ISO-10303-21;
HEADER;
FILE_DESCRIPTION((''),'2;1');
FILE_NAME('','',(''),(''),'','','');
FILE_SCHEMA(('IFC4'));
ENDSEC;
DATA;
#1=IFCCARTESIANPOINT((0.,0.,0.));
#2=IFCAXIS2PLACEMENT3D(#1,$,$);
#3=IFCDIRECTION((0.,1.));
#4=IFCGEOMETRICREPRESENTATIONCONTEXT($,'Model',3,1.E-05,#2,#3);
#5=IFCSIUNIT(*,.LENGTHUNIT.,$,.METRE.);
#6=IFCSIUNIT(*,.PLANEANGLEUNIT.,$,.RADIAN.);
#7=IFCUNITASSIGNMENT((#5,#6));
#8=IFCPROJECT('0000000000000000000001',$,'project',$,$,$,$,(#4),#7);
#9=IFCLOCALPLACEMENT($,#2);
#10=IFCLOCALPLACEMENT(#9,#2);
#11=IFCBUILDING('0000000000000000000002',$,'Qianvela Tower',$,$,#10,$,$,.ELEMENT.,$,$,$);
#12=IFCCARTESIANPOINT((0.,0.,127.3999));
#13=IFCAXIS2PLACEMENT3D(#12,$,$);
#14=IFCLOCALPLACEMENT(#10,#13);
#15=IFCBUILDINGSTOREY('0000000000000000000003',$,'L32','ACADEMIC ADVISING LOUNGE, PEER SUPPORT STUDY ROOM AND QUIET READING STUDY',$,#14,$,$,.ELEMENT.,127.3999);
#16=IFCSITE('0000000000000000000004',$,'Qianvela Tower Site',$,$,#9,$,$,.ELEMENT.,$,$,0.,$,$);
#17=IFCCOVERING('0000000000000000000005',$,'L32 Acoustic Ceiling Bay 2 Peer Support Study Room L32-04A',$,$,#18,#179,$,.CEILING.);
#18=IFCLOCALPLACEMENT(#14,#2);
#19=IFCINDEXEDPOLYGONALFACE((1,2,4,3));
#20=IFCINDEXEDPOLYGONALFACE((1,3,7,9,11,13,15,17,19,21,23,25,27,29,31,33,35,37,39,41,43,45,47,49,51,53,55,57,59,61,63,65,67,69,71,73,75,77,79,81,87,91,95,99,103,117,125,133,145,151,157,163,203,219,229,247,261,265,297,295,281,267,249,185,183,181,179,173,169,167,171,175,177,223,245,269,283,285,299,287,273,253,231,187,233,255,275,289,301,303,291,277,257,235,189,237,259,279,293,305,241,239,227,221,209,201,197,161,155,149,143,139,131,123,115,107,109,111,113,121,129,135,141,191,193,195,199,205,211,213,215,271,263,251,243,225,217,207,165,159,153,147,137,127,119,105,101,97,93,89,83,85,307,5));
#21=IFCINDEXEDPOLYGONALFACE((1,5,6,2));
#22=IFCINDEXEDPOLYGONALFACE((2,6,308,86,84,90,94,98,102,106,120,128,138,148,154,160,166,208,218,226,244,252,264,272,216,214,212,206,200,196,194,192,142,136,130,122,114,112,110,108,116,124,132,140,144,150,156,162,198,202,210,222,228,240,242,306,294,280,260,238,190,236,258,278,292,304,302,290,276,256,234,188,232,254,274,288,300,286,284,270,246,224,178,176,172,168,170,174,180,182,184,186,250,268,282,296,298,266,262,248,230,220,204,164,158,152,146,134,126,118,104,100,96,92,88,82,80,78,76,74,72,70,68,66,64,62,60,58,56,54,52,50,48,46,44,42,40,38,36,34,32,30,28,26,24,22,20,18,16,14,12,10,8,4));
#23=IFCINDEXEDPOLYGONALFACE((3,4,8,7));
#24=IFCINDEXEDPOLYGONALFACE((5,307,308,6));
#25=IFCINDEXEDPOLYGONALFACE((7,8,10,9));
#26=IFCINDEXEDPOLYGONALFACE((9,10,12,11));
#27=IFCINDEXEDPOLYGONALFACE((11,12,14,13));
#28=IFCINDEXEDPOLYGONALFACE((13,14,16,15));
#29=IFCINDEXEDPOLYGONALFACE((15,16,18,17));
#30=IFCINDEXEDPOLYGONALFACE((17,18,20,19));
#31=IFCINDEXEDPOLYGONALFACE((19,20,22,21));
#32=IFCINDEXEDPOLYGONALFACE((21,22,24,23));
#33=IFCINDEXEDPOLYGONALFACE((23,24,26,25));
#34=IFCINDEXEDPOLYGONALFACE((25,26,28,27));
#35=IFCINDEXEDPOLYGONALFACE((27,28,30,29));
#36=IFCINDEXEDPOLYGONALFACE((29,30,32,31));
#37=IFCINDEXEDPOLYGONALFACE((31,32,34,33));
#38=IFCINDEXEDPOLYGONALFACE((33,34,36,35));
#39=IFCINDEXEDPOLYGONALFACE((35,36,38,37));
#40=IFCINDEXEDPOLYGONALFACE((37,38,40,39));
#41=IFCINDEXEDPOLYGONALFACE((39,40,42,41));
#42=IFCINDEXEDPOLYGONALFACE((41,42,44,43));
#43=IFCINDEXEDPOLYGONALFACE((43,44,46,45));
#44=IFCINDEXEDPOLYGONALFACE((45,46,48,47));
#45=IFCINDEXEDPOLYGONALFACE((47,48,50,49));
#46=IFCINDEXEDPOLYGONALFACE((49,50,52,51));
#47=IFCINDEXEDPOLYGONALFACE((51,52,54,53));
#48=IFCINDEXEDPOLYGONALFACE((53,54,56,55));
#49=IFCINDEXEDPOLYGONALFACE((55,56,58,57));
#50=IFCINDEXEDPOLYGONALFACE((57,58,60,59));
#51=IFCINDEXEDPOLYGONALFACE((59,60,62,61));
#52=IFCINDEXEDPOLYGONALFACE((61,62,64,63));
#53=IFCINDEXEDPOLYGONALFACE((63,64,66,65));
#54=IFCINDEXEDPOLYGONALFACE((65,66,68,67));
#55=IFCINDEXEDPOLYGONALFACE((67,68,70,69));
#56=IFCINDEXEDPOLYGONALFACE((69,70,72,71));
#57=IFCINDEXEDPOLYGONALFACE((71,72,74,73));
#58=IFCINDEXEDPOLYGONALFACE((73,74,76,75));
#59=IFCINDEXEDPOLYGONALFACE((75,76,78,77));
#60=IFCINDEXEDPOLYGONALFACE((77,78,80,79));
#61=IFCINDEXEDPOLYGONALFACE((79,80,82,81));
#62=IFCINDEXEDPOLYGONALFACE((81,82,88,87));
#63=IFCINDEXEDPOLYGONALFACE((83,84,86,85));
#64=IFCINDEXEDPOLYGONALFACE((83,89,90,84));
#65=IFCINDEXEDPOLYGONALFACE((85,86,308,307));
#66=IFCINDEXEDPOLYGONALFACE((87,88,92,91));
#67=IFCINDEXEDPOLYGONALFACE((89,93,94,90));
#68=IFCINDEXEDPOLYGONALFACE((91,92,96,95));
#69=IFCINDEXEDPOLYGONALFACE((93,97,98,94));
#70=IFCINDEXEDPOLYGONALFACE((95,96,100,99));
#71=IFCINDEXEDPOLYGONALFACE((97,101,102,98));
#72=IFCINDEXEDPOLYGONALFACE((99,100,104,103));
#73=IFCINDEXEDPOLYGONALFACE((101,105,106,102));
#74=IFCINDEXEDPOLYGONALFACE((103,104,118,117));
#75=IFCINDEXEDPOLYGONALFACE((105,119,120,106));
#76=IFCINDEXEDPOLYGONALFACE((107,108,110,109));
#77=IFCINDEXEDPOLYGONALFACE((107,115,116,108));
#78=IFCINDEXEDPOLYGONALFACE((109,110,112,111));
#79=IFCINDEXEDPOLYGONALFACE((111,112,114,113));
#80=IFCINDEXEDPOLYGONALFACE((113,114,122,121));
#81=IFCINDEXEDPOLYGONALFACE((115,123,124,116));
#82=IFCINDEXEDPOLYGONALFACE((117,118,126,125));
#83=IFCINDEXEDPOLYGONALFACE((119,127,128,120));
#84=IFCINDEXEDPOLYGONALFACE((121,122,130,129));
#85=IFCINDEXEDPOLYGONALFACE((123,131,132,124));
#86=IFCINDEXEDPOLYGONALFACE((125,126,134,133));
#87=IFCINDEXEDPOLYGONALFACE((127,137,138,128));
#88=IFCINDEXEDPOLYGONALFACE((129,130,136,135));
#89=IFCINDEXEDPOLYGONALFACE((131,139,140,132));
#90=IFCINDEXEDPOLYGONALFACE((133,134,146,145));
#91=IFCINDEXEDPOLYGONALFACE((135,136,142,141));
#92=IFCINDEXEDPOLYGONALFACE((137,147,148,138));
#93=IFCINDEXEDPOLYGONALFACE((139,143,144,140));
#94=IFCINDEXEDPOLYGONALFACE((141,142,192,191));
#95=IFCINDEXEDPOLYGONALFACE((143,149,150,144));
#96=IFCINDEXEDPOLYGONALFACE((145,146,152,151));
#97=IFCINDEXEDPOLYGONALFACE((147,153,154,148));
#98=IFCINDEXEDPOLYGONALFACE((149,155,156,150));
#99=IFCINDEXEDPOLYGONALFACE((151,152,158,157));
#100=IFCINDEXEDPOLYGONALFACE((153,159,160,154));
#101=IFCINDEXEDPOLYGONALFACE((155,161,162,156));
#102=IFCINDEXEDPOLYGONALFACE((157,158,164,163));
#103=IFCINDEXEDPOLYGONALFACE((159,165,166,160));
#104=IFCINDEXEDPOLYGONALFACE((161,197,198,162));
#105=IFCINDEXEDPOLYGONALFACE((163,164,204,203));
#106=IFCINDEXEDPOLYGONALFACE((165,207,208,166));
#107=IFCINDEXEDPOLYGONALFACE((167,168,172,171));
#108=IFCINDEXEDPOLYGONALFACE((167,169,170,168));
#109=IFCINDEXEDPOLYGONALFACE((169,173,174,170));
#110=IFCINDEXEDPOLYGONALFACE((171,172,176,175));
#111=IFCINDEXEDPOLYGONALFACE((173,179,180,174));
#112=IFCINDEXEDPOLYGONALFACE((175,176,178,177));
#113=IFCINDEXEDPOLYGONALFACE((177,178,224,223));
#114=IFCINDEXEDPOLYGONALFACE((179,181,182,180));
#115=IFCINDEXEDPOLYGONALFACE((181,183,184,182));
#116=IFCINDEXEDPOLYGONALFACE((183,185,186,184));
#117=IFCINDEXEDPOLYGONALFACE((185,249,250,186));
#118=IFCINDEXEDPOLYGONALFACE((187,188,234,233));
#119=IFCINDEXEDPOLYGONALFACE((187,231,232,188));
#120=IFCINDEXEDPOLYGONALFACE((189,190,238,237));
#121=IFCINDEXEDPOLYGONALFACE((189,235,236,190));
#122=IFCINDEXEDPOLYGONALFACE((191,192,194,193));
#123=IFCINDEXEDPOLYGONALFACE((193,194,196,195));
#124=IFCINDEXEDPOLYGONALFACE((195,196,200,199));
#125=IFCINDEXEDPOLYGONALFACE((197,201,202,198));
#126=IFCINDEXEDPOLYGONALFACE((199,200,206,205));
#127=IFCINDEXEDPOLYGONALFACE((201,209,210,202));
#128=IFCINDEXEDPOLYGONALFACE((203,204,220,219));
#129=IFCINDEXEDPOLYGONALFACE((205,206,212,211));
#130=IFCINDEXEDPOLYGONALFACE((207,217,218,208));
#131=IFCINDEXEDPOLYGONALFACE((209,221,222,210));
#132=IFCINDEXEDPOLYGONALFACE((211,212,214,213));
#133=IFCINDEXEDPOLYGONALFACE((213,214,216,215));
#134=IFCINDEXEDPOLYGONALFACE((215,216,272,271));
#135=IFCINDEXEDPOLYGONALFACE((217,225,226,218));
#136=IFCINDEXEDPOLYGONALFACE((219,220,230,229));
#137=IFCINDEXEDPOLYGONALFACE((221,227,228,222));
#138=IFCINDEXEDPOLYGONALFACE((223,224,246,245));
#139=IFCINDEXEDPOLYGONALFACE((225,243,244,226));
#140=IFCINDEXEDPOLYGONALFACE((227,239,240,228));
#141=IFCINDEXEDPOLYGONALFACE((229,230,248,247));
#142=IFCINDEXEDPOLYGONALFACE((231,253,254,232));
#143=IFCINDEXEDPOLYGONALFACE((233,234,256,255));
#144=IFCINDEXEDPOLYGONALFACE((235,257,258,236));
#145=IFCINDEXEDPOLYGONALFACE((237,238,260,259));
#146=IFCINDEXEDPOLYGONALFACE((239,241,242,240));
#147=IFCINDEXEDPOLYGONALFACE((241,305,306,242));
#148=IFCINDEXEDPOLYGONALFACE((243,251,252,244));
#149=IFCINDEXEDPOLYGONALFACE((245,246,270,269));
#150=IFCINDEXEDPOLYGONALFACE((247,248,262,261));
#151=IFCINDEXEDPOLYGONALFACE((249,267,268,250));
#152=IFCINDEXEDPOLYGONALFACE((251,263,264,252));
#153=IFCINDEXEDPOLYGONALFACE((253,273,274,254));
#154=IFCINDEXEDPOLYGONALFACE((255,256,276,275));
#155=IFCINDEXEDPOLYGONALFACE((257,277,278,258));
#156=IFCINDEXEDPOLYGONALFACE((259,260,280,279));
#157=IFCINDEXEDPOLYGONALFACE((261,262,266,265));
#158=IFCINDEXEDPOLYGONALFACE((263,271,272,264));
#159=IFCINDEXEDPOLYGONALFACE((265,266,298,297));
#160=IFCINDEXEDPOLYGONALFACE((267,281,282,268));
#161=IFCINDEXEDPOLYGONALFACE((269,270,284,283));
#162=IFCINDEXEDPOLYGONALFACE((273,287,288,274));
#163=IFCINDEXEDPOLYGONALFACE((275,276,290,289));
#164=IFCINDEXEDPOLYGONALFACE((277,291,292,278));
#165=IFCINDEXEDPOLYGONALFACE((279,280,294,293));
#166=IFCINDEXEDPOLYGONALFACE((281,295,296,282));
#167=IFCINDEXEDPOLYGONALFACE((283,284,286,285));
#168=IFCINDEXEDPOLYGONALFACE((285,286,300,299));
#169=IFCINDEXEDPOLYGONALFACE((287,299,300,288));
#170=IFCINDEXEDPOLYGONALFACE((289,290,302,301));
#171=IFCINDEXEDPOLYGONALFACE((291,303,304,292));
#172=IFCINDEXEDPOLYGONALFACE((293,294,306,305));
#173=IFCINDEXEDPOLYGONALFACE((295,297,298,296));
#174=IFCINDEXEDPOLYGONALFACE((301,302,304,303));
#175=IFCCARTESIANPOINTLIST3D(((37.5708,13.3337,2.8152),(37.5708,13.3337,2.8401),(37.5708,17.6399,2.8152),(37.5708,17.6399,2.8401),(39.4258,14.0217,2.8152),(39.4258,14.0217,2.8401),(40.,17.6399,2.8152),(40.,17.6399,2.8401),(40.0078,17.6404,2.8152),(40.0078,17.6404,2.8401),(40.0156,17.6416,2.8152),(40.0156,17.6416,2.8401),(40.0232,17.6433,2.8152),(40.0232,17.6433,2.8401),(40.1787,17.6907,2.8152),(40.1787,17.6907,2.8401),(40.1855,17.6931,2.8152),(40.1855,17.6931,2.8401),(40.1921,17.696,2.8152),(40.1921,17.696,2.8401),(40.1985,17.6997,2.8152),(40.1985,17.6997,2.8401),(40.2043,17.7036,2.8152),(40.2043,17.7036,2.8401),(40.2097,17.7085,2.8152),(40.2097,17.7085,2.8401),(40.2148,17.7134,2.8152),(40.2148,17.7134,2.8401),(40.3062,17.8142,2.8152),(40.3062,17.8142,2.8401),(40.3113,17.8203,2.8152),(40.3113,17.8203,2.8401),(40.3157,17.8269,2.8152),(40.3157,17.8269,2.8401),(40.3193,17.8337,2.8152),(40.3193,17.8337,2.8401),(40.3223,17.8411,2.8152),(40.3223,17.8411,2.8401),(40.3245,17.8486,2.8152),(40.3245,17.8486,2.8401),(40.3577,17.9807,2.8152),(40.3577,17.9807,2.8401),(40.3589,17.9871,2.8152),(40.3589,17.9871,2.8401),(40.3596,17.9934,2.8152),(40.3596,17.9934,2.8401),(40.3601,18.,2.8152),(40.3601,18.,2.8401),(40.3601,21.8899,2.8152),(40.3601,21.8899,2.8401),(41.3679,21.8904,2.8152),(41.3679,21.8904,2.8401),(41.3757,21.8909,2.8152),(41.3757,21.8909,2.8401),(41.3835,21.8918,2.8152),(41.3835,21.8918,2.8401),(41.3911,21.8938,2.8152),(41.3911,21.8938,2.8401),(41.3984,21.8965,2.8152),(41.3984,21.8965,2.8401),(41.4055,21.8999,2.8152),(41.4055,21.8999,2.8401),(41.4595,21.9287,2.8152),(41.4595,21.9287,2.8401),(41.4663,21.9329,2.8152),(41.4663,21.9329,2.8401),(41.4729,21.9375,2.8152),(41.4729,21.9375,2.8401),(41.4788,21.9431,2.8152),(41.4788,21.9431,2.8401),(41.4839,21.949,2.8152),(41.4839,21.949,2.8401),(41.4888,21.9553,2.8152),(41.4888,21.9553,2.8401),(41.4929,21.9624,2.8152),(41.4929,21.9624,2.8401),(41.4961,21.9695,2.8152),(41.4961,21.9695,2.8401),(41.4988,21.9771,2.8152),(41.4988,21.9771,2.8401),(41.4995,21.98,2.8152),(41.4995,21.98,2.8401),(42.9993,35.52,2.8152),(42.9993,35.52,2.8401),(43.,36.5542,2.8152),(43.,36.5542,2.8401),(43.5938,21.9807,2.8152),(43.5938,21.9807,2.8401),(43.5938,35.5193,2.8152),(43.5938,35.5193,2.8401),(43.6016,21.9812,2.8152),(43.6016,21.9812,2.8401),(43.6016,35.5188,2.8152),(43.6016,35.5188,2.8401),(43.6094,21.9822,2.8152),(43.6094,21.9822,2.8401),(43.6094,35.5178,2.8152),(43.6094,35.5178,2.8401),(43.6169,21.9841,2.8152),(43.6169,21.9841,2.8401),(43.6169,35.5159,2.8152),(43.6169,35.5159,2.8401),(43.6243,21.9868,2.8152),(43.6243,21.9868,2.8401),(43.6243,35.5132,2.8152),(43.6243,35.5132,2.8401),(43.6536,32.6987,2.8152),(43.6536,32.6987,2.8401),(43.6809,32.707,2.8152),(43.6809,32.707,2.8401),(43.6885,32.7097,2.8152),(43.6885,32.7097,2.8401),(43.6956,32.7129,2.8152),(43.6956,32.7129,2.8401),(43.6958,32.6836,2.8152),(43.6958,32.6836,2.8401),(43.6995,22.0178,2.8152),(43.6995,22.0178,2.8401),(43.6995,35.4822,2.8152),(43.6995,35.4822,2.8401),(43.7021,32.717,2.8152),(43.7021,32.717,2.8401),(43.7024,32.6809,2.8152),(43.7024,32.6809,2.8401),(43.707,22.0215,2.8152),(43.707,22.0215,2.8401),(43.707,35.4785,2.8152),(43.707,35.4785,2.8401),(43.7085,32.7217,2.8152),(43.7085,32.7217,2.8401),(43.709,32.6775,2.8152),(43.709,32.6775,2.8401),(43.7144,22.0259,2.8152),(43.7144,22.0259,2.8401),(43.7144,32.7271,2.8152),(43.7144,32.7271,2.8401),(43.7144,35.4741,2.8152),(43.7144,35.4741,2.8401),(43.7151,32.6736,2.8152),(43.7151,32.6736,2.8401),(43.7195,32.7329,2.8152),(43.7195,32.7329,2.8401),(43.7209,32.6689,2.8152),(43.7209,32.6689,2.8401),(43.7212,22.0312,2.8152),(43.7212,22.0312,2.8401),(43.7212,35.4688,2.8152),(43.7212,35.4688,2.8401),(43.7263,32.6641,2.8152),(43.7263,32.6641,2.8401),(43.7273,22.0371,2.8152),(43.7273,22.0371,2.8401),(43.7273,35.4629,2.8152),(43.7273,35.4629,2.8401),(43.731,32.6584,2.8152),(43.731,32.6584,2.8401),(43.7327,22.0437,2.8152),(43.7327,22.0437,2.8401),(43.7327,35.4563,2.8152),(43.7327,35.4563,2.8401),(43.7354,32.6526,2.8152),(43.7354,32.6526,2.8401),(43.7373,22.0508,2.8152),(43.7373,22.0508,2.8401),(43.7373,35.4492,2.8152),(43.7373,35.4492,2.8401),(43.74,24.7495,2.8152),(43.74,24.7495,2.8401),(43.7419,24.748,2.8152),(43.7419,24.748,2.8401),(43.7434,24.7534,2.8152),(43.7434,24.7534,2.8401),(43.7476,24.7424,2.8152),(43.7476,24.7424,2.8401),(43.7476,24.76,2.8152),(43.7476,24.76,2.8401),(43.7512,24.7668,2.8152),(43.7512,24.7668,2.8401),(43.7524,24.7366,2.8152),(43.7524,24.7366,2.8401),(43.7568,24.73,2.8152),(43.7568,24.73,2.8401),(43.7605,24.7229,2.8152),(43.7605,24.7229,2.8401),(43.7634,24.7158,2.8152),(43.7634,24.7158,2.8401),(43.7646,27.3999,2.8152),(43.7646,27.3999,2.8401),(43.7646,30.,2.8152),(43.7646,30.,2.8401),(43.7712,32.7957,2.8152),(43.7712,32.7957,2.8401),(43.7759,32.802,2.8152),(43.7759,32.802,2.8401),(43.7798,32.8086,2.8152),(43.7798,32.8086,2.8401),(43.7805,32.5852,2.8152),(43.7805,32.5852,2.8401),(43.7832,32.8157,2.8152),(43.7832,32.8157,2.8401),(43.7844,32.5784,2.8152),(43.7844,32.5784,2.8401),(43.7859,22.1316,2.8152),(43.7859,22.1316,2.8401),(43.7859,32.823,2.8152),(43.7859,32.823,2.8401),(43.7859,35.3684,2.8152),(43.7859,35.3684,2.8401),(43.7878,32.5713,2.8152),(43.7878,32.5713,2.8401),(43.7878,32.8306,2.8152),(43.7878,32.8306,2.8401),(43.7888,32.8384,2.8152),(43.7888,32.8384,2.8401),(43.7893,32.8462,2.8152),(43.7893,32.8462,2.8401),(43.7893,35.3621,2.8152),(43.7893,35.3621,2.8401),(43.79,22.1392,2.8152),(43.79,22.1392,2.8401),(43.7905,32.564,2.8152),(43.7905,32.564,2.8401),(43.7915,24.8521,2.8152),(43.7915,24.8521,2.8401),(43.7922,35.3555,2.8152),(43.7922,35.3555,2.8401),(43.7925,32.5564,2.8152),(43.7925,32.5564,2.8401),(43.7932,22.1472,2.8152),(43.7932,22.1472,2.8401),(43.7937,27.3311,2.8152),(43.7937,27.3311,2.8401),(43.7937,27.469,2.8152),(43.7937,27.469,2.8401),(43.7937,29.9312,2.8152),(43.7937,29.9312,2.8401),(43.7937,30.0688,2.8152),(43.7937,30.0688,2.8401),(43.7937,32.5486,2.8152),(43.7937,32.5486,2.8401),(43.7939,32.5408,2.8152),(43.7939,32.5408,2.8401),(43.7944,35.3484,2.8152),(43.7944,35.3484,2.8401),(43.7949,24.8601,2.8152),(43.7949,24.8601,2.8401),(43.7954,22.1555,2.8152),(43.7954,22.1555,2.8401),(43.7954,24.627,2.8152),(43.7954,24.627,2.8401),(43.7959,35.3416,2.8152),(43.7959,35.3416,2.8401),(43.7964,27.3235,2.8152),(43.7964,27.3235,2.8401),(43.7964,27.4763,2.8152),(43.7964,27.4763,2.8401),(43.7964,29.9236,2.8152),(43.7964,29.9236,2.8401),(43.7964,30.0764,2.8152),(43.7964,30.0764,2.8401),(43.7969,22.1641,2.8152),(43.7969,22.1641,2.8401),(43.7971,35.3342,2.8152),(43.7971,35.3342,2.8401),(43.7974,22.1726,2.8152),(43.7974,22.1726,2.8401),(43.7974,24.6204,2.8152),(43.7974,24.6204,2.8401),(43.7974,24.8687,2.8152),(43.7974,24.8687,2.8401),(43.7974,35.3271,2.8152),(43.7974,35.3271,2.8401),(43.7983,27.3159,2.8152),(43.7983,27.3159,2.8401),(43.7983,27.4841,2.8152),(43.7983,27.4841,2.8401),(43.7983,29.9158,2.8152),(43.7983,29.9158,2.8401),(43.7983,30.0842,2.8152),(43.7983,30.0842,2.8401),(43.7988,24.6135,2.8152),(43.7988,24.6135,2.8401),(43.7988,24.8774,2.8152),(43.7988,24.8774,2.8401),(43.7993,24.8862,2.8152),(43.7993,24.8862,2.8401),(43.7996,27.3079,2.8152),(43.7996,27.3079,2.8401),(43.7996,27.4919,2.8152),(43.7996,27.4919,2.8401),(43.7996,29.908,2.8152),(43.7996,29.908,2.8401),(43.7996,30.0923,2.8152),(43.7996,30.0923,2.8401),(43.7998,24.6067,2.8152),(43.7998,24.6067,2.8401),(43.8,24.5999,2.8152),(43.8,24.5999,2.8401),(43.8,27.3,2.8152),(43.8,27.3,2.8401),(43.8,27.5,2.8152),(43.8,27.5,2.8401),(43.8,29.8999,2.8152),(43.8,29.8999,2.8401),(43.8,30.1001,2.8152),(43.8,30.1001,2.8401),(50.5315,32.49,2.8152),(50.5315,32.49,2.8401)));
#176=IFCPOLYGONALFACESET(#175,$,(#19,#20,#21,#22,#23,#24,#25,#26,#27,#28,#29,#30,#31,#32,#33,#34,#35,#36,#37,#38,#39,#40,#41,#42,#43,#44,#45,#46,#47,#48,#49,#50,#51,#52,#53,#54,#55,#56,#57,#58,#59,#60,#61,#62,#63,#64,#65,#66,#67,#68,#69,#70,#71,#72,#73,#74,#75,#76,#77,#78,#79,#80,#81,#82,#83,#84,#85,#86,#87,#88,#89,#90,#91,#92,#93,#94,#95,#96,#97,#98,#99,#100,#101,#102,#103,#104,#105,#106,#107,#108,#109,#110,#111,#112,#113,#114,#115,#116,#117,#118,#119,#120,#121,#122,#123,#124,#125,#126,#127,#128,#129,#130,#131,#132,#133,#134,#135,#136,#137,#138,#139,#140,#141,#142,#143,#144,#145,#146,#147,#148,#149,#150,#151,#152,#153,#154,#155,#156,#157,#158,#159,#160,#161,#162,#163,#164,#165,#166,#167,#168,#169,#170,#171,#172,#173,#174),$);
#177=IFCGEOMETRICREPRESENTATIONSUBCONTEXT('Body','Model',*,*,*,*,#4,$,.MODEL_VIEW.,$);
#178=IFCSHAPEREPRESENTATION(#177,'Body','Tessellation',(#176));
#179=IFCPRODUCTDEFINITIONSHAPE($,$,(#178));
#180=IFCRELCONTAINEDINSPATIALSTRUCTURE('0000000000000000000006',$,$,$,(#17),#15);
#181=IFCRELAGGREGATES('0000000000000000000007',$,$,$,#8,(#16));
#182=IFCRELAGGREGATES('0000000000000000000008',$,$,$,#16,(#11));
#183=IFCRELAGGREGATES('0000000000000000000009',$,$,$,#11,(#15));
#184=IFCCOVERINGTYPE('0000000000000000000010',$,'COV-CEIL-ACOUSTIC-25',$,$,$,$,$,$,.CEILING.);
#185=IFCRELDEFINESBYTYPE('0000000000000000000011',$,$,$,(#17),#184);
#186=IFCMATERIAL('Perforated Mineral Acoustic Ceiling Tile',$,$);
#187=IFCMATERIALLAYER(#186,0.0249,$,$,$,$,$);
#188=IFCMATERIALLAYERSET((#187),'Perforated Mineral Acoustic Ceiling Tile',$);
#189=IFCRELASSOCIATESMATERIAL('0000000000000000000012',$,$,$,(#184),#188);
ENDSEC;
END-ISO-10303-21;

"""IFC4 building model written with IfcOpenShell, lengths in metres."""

from ifc_helpers import new_model, si_unit, direction, frame, origin, place, context, subcontext, project, spatial, polyline, outline, extrude, material, layer, layer_set, type_object, element, save


model = new_model("IFC4")

# Units and contexts
model_context = context("Model", 3, precision=1e-05, world=origin(), true_north=direction((0.0, 1.0)))
body_context = subcontext(model_context, "Body", "Model", "MODEL_VIEW")
ifc_project = project(units=[si_unit("LENGTHUNIT", "METRE"), si_unit("PLANEANGLEUNIT", "RADIAN")], contexts=[model_context])

# Site, building, storey
site_placement = place(None, origin())
site = spatial("IfcSite", under=ifc_project, at=site_placement, Name="Qianvela Tower Site", CompositionType="ELEMENT", RefElevation=0.0)
building_placement = place(site_placement, origin())
building = spatial("IfcBuilding", under=site, at=building_placement, Name="Qianvela Tower", CompositionType="ELEMENT")
storey_placement = place(building_placement, frame((0.0, 0.0, 127.3999)))
storey = spatial("IfcBuildingStorey", under=building, at=storey_placement, Name="L32", Description="ACADEMIC ADVISING LOUNGE, PEER SUPPORT STUDY ROOM AND QUIET READING STUDY", CompositionType="ELEMENT", Elevation=127.3999)

# Covering
ifc_material_1 = material(Name="Perforated Mineral Acoustic Ceiling Tile")
ifc_layer_1 = layer(ifc_material_1, 0.0249)
ifc_layer_set_1 = layer_set([ifc_layer_1], Name="Perforated Mineral Acoustic Ceiling Tile")
covering_type_1 = type_object("IfcCoveringType", Name="COV-CEIL-ACOUSTIC-25", PredefinedType="CEILING", material=ifc_layer_set_1)
covering_1_placement = place(storey_placement, frame((0.0, 0.0, 2.8152)))
element("IfcCovering", 1, at=covering_1_placement, inside=storey, type_object=covering_type_1, Name="L32 Acoustic Ceiling Bay 2 Peer Support Study Room L32-04A", PredefinedType="CEILING", context=body_context, shape_type="SweptSolid", body=[
    extrude(outline(polyline([(43.6809, 32.707), (43.6885, 32.7097), (43.6956, 32.7129), (43.7021, 32.717), (43.7085, 32.7217), (43.7144, 32.7271), (43.7195, 32.7329), (43.7712, 32.7957), (43.7759, 32.802), (43.7798, 32.8086), (43.7832, 32.8157), (43.7859, 32.823), (43.7878, 32.8306), (43.7888, 32.8384), (43.7893, 32.8462), (43.7974, 35.3271), (43.7971, 35.3342), (43.7959, 35.3416), (43.7944, 35.3484), (43.7922, 35.3555), (43.7893, 35.3621), (43.7859, 35.3684), (43.7373, 35.4492), (43.7327, 35.4563), (43.7273, 35.4629), (43.7212, 35.4688), (43.7144, 35.4741), (43.707, 35.4785), (43.6995, 35.4822), (43.6243, 35.5132), (43.6169, 35.5159), (43.6094, 35.5178), (43.6016, 35.5188), (43.5938, 35.5193), (42.9993, 35.52), (43.0, 36.5542), (50.5315, 32.49), (39.4258, 14.0217), (37.5708, 13.3337), (37.5708, 17.6399), (40.0, 17.6399), (40.0078, 17.6404), (40.0156, 17.6416), (40.0232, 17.6433), (40.1787, 17.6907), (40.1855, 17.6931), (40.1921, 17.696), (40.1985, 17.6997), (40.2043, 17.7036), (40.2097, 17.7085), (40.2148, 17.7134), (40.3062, 17.8142), (40.3113, 17.8203), (40.3157, 17.8269), (40.3193, 17.8337), (40.3223, 17.8411), (40.3245, 17.8486), (40.3577, 17.9807), (40.3589, 17.9871), (40.3596, 17.9934), (40.3601, 18.0), (40.3601, 21.8899), (41.3679, 21.8904), (41.3757, 21.8909), (41.3835, 21.8918), (41.3911, 21.8938), (41.3984, 21.8965), (41.4055, 21.8999), (41.4595, 21.9287), (41.4663, 21.9329), (41.4729, 21.9375), (41.4788, 21.9431), (41.4839, 21.949), (41.4888, 21.9553), (41.4929, 21.9624), (41.4961, 21.9695), (41.4988, 21.9771), (41.4995, 21.98), (43.5938, 21.9807), (43.6016, 21.9812), (43.6094, 21.9822), (43.6169, 21.9841), (43.6243, 21.9868), (43.6995, 22.0178), (43.707, 22.0215), (43.7144, 22.0259), (43.7212, 22.0312), (43.7273, 22.0371), (43.7327, 22.0437), (43.7373, 22.0508), (43.7859, 22.1316), (43.79, 22.1392), (43.7932, 22.1472), (43.7954, 22.1555), (43.7969, 22.1641), (43.7974, 22.1726), (43.8, 24.5999), (43.7998, 24.6067), (43.7988, 24.6135), (43.7974, 24.6204), (43.7954, 24.627), (43.7634, 24.7158), (43.7605, 24.7229), (43.7568, 24.73), (43.7524, 24.7366), (43.7476, 24.7424), (43.7419, 24.748), (43.74, 24.7495), (43.7434, 24.7534), (43.7476, 24.76), (43.7512, 24.7668), (43.7915, 24.8521), (43.7949, 24.8601), (43.7974, 24.8687), (43.7988, 24.8774), (43.7993, 24.8862), (43.8, 27.3), (43.7996, 27.3079), (43.7983, 27.3159), (43.7964, 27.3235), (43.7937, 27.3311), (43.7646, 27.3999), (43.7937, 27.469), (43.7964, 27.4763), (43.7983, 27.4841), (43.7996, 27.4919), (43.8, 27.5), (43.8, 29.8999), (43.7996, 29.908), (43.7983, 29.9158), (43.7964, 29.9236), (43.7937, 29.9312), (43.7646, 30.0), (43.7937, 30.0688), (43.7964, 30.0764), (43.7983, 30.0842), (43.7996, 30.0923), (43.8, 30.1001), (43.7939, 32.5408), (43.7937, 32.5486), (43.7925, 32.5564), (43.7905, 32.564), (43.7878, 32.5713), (43.7844, 32.5784), (43.7805, 32.5852), (43.7354, 32.6526), (43.731, 32.6584), (43.7263, 32.6641), (43.7209, 32.6689), (43.7151, 32.6736), (43.709, 32.6775), (43.7024, 32.6809), (43.6958, 32.6836), (43.6536, 32.6987), (43.6809, 32.707)])), origin(), (0.0, 0.0, 1.0), 0.0249),
])

save(model, "model.ifc")
